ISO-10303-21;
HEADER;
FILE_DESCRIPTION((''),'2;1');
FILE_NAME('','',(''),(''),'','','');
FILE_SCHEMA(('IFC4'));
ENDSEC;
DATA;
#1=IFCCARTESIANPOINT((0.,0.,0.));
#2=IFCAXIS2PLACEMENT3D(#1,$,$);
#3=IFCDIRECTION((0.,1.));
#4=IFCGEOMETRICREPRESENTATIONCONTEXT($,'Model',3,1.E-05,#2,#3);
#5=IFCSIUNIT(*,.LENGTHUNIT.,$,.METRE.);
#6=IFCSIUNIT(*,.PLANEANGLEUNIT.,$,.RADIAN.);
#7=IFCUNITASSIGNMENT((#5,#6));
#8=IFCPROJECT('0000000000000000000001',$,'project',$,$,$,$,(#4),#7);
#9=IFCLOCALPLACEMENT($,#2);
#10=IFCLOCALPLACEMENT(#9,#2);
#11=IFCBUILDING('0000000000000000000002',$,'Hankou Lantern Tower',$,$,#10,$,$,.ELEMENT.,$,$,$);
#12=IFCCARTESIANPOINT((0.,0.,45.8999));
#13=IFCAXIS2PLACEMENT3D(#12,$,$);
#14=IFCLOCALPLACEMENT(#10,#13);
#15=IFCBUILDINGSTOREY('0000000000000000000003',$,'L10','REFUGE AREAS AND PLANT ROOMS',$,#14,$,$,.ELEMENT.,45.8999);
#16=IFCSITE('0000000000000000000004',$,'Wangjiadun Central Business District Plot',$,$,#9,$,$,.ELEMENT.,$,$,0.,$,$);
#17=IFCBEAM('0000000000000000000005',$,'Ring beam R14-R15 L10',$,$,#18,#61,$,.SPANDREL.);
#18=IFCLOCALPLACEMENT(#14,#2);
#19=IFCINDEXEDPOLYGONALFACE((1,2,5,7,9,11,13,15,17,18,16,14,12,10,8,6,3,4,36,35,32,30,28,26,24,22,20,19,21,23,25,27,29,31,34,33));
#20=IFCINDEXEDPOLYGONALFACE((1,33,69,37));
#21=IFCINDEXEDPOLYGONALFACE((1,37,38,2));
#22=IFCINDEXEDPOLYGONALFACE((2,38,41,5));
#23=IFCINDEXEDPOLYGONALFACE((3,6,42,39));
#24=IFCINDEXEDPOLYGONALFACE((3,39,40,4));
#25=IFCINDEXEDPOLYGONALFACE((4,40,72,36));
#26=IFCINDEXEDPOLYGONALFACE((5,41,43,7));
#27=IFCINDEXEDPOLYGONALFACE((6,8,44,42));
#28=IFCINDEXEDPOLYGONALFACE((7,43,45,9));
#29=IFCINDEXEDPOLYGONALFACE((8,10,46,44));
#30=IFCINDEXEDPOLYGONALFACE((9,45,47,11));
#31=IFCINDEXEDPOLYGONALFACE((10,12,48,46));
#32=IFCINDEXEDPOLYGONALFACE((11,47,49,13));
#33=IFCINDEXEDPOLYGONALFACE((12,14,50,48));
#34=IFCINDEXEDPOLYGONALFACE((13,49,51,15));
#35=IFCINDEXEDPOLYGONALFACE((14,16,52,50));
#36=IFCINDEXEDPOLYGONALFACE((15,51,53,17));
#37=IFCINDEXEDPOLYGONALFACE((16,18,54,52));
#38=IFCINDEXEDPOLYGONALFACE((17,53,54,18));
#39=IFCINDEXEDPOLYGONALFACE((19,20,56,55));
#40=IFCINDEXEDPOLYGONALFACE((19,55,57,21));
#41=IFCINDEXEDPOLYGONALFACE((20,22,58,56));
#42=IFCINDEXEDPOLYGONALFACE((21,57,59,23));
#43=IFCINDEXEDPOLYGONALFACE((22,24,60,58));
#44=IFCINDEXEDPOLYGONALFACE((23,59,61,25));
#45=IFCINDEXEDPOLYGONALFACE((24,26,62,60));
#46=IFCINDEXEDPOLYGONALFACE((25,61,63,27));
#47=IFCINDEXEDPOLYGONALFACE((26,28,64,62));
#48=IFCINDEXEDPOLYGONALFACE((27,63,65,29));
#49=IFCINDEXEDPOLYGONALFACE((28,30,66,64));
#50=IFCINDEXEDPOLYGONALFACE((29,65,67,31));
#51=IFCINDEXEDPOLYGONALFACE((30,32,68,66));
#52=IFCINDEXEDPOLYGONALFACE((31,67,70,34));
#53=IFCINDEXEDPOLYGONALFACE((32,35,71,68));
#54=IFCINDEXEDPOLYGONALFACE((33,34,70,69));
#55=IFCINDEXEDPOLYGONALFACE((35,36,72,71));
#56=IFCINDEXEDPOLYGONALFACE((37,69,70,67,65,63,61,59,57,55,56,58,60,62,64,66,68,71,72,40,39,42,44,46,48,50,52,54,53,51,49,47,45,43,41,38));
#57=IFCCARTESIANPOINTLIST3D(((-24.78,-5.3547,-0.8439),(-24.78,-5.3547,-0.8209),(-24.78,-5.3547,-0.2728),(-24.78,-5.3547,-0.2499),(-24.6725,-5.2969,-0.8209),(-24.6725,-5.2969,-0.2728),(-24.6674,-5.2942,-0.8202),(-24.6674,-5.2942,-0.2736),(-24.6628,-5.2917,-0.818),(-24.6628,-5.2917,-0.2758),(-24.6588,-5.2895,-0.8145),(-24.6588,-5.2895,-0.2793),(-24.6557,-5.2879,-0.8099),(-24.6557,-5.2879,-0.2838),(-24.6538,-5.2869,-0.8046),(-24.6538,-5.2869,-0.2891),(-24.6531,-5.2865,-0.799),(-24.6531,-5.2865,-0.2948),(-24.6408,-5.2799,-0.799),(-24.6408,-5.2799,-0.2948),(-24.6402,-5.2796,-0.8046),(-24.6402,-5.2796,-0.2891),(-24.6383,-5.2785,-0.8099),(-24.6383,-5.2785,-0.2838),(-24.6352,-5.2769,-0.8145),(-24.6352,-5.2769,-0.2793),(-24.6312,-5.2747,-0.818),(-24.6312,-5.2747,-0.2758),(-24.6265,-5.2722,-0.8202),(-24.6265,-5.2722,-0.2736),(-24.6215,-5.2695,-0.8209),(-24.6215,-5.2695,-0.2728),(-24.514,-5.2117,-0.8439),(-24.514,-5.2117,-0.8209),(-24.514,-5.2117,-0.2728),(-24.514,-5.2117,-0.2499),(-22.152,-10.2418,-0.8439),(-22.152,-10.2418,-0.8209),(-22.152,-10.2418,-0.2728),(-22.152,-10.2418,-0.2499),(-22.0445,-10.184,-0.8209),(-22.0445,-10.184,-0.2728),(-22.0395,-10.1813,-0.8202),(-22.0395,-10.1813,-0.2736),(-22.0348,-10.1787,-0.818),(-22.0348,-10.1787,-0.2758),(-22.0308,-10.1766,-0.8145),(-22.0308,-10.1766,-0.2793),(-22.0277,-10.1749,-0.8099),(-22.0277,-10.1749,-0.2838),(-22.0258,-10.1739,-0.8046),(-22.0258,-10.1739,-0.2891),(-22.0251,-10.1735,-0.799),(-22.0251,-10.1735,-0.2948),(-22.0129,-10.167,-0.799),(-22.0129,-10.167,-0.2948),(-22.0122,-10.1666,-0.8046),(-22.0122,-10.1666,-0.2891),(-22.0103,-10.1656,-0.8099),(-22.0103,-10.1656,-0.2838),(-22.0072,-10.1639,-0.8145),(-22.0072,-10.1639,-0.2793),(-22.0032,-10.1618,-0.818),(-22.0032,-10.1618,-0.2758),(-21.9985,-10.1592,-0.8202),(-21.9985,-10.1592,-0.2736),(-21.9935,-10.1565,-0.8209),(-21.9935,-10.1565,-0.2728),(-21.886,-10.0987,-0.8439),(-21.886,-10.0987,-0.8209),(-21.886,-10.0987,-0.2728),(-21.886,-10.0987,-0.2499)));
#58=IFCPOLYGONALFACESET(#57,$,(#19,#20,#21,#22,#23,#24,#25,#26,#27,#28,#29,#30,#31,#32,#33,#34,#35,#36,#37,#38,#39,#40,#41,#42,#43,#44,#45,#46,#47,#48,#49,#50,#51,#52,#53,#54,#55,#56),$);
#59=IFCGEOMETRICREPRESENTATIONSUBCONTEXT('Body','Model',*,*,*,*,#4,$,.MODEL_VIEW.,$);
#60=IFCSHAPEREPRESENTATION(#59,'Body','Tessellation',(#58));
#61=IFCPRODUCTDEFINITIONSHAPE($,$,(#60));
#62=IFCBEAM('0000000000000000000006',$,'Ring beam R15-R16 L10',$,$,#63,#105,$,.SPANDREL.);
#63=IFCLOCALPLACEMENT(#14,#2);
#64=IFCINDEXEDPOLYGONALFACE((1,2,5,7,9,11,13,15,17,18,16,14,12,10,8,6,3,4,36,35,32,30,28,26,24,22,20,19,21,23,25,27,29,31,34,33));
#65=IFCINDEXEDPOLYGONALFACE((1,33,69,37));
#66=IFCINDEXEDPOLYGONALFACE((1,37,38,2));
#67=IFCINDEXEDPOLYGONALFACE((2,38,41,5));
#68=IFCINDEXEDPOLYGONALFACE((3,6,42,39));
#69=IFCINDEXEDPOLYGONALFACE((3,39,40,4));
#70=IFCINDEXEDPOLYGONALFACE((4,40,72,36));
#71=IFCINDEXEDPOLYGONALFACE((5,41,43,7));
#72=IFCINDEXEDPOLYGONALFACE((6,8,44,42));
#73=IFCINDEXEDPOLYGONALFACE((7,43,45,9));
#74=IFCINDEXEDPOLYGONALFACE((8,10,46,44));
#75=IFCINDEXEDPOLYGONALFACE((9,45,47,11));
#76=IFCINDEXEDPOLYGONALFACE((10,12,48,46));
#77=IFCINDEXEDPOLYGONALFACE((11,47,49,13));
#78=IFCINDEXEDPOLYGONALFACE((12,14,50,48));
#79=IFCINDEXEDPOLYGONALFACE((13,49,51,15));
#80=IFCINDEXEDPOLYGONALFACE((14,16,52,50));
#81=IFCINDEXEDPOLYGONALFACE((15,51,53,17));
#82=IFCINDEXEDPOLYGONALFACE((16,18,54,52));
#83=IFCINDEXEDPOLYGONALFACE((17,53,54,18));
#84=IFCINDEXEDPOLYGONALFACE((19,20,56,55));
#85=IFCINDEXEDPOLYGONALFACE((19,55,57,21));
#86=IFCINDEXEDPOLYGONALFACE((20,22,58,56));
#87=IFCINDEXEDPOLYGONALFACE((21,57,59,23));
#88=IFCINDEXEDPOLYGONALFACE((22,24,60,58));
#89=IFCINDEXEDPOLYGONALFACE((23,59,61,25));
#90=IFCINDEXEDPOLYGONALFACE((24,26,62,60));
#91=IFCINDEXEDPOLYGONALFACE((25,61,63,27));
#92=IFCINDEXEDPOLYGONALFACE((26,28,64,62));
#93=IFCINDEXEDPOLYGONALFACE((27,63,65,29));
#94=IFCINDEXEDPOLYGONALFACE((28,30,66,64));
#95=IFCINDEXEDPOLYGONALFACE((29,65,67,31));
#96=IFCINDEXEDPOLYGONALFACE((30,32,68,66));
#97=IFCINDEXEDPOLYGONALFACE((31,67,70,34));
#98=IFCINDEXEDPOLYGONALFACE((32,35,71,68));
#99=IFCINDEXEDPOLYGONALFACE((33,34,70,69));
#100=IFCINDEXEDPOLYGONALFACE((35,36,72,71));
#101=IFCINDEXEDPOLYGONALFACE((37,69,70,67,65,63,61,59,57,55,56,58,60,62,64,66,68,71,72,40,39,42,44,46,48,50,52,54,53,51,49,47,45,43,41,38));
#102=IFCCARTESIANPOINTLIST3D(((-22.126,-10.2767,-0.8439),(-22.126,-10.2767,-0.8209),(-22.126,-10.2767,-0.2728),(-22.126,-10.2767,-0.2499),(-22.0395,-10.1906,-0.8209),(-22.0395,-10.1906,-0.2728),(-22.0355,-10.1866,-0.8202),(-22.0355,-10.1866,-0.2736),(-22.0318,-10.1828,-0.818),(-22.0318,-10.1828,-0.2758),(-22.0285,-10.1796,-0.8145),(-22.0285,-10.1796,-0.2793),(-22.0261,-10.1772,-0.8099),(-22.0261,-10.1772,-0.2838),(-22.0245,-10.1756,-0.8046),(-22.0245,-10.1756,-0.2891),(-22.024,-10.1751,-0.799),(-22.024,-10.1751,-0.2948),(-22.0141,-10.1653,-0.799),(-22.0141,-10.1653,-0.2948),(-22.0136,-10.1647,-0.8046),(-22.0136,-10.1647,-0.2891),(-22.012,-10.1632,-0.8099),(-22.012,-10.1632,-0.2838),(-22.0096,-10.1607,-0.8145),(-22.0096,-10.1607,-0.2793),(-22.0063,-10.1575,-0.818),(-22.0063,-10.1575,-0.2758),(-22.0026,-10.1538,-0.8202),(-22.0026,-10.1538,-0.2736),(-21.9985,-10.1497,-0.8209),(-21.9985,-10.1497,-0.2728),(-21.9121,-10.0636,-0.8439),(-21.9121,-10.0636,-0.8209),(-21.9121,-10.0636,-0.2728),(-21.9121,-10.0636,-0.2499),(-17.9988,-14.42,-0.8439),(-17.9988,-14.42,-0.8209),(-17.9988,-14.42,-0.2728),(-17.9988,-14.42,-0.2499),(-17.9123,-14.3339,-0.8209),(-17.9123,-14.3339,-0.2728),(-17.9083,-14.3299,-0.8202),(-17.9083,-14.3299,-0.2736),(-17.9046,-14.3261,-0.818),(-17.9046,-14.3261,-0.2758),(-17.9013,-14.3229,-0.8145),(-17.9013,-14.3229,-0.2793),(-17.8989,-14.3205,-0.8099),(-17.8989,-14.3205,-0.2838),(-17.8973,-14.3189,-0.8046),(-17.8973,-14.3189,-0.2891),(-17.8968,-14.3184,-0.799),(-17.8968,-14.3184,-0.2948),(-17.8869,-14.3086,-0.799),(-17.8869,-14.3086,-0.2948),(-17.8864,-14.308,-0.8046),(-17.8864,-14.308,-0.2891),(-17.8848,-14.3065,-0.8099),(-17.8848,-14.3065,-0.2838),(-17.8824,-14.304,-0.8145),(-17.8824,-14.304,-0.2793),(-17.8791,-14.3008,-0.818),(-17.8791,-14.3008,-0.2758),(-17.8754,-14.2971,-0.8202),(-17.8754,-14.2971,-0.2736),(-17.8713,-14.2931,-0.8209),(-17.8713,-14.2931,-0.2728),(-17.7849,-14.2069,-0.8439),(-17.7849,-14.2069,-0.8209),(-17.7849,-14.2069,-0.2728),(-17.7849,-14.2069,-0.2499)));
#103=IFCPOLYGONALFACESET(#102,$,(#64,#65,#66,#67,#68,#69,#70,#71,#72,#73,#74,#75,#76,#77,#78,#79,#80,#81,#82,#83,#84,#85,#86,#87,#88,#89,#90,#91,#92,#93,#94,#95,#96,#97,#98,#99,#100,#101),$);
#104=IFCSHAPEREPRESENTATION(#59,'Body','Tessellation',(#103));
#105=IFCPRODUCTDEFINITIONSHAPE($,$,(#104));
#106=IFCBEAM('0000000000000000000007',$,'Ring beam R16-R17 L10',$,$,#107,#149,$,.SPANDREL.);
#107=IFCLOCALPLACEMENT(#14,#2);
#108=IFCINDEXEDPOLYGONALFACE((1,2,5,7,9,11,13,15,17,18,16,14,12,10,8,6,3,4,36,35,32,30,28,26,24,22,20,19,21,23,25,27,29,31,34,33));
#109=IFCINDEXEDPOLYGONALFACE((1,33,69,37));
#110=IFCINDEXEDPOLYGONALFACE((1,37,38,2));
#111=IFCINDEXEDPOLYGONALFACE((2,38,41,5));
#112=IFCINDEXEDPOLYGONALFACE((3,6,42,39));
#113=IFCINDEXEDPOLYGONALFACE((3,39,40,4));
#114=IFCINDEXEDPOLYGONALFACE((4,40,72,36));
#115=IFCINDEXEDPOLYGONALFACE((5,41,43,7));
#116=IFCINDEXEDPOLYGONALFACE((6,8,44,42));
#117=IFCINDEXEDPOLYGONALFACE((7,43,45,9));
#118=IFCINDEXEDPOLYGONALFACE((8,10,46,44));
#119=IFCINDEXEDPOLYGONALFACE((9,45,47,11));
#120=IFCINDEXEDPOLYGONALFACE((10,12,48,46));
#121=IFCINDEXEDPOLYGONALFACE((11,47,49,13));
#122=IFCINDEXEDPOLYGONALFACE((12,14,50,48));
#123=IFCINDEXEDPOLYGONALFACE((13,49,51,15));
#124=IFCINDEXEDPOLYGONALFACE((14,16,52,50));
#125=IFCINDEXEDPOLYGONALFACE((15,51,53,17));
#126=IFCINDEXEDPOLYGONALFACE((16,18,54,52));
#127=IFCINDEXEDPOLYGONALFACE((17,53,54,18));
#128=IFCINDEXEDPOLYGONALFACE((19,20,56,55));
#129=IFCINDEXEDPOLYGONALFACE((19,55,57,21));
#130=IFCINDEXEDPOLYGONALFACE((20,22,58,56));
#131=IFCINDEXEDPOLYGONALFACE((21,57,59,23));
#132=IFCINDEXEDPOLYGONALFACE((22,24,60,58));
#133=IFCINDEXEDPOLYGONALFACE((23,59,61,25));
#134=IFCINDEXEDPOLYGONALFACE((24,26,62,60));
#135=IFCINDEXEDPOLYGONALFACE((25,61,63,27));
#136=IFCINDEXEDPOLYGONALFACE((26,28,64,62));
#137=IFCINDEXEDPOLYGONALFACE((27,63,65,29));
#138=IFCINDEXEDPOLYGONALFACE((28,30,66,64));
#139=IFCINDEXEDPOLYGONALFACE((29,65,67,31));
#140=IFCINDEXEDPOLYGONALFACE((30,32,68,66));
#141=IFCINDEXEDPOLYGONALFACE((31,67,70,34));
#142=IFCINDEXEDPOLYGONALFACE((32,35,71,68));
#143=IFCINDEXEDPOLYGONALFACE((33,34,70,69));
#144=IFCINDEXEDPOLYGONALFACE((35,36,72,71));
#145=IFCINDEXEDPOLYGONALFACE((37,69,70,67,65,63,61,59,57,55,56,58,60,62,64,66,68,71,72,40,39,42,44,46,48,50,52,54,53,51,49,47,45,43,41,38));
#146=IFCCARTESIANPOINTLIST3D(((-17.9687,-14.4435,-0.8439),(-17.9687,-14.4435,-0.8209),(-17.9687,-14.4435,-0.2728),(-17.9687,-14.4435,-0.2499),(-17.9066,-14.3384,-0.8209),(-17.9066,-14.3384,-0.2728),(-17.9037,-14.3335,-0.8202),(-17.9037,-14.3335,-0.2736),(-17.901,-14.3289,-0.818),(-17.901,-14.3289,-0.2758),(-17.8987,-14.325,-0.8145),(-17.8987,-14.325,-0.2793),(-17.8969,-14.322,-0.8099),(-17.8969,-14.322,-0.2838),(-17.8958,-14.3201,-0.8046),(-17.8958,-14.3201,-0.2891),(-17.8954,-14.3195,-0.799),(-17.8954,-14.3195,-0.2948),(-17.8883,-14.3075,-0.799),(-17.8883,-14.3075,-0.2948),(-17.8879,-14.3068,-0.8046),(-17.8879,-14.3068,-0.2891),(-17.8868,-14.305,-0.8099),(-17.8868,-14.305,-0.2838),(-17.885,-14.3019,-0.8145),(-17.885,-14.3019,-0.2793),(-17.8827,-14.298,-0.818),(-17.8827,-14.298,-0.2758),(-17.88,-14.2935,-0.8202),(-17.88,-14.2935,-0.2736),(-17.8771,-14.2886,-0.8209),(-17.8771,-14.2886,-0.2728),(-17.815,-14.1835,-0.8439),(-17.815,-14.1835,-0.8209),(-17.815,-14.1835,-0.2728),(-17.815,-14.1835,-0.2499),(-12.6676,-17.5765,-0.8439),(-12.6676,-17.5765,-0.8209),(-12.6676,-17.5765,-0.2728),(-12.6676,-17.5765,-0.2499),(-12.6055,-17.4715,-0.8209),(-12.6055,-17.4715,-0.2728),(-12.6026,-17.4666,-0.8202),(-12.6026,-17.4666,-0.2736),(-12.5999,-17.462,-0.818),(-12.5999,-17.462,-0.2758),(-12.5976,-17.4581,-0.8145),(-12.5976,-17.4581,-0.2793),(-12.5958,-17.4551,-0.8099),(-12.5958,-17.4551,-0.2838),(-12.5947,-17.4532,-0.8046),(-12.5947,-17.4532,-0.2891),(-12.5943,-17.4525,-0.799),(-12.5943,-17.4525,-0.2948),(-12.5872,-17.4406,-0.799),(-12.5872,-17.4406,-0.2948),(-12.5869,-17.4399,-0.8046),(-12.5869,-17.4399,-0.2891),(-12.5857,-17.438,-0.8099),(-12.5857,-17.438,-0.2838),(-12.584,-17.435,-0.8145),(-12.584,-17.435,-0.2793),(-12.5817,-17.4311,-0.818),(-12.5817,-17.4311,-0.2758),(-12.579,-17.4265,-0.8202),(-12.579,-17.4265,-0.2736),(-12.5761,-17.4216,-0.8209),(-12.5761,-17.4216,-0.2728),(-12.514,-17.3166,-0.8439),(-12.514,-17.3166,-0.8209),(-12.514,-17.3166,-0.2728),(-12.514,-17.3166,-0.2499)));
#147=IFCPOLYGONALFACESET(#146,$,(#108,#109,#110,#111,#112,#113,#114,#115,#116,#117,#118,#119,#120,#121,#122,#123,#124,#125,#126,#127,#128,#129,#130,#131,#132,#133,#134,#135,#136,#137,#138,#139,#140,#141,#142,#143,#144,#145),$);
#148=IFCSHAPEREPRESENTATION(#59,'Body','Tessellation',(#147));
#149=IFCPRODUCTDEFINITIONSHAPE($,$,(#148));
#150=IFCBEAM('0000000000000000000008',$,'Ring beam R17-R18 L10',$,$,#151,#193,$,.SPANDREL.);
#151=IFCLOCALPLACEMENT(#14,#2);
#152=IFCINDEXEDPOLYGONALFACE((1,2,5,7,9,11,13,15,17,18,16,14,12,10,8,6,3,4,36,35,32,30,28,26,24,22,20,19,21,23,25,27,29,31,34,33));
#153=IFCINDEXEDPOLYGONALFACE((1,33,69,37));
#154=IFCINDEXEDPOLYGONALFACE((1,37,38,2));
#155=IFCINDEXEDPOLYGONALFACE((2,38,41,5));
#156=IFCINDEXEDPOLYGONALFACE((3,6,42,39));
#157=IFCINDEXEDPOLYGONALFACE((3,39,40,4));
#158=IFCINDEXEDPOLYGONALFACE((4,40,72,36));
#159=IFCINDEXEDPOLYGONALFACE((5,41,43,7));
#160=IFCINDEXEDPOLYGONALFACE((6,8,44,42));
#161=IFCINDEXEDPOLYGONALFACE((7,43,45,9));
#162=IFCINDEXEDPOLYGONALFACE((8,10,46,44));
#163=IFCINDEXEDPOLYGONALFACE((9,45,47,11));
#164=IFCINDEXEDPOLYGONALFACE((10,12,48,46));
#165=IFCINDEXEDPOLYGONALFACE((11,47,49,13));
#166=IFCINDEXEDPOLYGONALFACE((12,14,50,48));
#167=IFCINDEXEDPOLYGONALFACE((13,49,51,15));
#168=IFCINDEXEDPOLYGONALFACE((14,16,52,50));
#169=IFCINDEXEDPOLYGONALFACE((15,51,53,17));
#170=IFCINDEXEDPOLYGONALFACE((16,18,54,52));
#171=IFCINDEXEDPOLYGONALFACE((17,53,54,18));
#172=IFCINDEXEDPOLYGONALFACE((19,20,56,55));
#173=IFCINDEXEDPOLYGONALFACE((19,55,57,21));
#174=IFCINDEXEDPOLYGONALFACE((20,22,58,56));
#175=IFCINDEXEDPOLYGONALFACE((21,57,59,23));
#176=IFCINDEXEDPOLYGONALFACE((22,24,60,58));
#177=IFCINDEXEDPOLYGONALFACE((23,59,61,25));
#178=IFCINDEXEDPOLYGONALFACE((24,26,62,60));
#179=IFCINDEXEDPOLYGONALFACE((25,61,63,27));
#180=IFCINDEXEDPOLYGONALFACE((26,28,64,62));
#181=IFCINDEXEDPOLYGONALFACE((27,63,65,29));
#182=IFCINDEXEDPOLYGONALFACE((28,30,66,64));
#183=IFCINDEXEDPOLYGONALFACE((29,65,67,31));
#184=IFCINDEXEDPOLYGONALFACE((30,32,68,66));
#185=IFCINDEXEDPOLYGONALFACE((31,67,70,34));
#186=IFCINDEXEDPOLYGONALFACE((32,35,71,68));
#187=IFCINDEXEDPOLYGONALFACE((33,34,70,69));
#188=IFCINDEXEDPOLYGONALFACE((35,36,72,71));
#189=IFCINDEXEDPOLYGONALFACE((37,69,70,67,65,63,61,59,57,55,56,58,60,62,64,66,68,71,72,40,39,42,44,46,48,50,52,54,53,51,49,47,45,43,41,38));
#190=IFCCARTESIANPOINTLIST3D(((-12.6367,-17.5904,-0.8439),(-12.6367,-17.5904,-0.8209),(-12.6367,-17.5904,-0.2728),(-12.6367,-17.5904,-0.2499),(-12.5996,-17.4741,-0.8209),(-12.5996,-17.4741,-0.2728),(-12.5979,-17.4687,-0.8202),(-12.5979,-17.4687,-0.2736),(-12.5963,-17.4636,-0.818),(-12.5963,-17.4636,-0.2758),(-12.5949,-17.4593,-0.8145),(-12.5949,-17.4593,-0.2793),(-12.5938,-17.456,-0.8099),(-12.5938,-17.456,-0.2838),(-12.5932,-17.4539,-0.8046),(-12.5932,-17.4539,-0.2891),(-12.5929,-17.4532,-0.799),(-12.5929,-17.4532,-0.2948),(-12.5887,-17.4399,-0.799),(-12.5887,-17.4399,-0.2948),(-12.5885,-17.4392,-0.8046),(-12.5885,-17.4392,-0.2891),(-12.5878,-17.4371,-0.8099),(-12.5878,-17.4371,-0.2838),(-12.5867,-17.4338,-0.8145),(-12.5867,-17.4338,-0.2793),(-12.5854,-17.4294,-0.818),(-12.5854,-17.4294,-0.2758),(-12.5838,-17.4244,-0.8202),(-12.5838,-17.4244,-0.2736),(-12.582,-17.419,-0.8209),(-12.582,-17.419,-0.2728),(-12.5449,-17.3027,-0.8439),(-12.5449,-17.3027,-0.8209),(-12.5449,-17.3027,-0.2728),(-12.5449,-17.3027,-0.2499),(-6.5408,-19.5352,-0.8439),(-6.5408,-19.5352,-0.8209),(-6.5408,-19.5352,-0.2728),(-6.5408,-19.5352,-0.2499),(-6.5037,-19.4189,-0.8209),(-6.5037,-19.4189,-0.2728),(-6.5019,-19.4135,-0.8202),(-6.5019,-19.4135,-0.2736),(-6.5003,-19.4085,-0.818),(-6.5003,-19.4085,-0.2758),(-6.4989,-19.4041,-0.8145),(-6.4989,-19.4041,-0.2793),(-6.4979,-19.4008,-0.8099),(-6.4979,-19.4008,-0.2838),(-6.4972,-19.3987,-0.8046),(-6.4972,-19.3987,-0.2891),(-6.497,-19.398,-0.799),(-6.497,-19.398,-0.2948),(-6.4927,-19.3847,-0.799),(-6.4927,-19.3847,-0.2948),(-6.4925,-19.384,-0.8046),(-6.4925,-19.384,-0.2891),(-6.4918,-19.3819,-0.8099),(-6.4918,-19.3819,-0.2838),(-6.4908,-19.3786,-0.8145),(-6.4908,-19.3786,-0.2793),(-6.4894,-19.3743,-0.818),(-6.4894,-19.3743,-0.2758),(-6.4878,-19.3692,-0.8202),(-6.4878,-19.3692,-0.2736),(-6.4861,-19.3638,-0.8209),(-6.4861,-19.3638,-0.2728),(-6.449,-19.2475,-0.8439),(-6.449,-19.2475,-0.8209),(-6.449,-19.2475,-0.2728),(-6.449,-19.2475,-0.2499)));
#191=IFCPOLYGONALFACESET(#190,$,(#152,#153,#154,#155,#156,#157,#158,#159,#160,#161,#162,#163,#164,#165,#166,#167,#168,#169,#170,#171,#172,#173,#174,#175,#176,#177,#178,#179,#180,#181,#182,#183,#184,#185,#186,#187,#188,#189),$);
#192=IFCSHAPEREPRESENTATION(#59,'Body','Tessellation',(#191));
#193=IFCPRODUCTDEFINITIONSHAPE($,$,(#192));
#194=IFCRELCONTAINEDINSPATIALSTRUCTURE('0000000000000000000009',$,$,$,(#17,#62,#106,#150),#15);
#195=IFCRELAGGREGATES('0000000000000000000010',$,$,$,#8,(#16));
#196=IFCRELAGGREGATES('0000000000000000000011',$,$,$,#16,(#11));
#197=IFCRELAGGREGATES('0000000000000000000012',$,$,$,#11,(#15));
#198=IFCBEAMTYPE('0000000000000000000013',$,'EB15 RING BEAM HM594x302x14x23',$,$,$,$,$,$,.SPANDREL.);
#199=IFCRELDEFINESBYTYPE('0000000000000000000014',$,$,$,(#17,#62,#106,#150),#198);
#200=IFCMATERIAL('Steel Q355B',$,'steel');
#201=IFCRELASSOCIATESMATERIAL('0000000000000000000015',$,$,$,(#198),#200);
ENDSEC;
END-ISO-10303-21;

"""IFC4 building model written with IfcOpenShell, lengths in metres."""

from ifc_helpers import new_model, si_unit, direction, frame, origin, origin_2d, place, context, subcontext, project, spatial, i_section, extrude, material, material_profile, profile_set, type_object, element, save


model = new_model("IFC4")

# Units and contexts
model_context = context("Model", 3, precision=1e-05, world=origin(), true_north=direction((0.0, 1.0)))
body_context = subcontext(model_context, "Body", "Model", "MODEL_VIEW")
ifc_project = project(units=[si_unit("LENGTHUNIT", "METRE"), si_unit("PLANEANGLEUNIT", "RADIAN")], contexts=[model_context])

# Site, building, storey
site_placement = place(None, origin())
site = spatial("IfcSite", under=ifc_project, at=site_placement, Name="Wangjiadun Central Business District Plot", CompositionType="ELEMENT", RefElevation=0.0)
building_placement = place(site_placement, origin())
building = spatial("IfcBuilding", under=site, at=building_placement, Name="Hankou Lantern Tower", CompositionType="ELEMENT")
storey_placement = place(building_placement, frame((0.0, 0.0, 45.8999)))
storey = spatial("IfcBuildingStorey", under=building, at=storey_placement, Name="L10", Description="REFUGE AREAS AND PLANT ROOMS", CompositionType="ELEMENT", Elevation=45.8999)

# Beams
ifc_material_1 = material(Name="Steel Q355B", Category="steel")
ifc_material_profile_1 = material_profile(ifc_material_1, i_section(OverallWidth=0.302, OverallDepth=0.594, WebThickness=0.0139, FlangeThickness=0.0229, FilletRadius=0.022, at=origin_2d()), Name="HM594x302x14x23")
ifc_profile_set_1 = profile_set([ifc_material_profile_1], Name="Steel Q355B")
beam_type_1 = type_object("IfcBeamType", Name="EB15 RING BEAM HM594x302x14x23", PredefinedType="SPANDREL", material=ifc_profile_set_1)
beam_1_placement = place(storey_placement, frame((-24.647, -5.2832, -0.5469), z_axis=(0.473609, -0.880735, 0.0), x_axis=(0.880735, 0.473609, 0.0)))
element("IfcBeam", 1, at=beam_1_placement, inside=storey, type_object=beam_type_1, Name="Ring beam R14-R15 L10", PredefinedType="SPANDREL", context=body_context, shape_type="SweptSolid", body=[
    extrude(i_section(OverallWidth=0.302, OverallDepth=0.594, WebThickness=0.0139, FlangeThickness=0.0229, FilletRadius=0.022, at=origin_2d()), origin(), (0.0, 0.0, 1.0), 5.5488),
])
beam_2_placement = place(storey_placement, frame((-22.019, -10.1702, -0.5469), z_axis=(0.705728, -0.708483, 0.0), x_axis=(0.708483, 0.705728, 0.0)))
element("IfcBeam", 2, at=beam_2_placement, inside=storey, type_object=beam_type_1, Name="Ring beam R15-R16 L10", PredefinedType="SPANDREL", context=body_context, shape_type="SweptSolid", body=[
    extrude(i_section(OverallWidth=0.302, OverallDepth=0.594, WebThickness=0.0139, FlangeThickness=0.0229, FilletRadius=0.022, at=origin_2d()), origin(), (0.0, 0.0, 1.0), 5.8481),
])
beam_3_placement = place(storey_placement, frame((-17.8918, -14.3135, -0.5469), z_axis=(0.860882, -0.508805, 0.0), x_axis=(0.508805, 0.860882, 0.0)))
element("IfcBeam", 3, at=beam_3_placement, inside=storey, type_object=beam_type_1, Name="Ring beam R16-R17 L10", PredefinedType="SPANDREL", context=body_context, shape_type="SweptSolid", body=[
    extrude(i_section(OverallWidth=0.302, OverallDepth=0.594, WebThickness=0.0139, FlangeThickness=0.0229, FilletRadius=0.022, at=origin_2d()), origin(), (0.0, 0.0, 1.0), 6.1577),
])
beam_4_placement = place(storey_placement, frame((-12.5908, -17.4465, -0.5469), z_axis=(0.95269, -0.303942, 0.0), x_axis=(0.303942, 0.95269, 0.0)))
element("IfcBeam", 4, at=beam_4_placement, inside=storey, type_object=beam_type_1, Name="Ring beam R17-R18 L10", PredefinedType="SPANDREL", context=body_context, shape_type="SweptSolid", body=[
    extrude(i_section(OverallWidth=0.302, OverallDepth=0.594, WebThickness=0.0139, FlangeThickness=0.0229, FilletRadius=0.022, at=origin_2d()), origin(), (0.0, 0.0, 1.0), 6.3987),
])

save(model, "model.ifc")
